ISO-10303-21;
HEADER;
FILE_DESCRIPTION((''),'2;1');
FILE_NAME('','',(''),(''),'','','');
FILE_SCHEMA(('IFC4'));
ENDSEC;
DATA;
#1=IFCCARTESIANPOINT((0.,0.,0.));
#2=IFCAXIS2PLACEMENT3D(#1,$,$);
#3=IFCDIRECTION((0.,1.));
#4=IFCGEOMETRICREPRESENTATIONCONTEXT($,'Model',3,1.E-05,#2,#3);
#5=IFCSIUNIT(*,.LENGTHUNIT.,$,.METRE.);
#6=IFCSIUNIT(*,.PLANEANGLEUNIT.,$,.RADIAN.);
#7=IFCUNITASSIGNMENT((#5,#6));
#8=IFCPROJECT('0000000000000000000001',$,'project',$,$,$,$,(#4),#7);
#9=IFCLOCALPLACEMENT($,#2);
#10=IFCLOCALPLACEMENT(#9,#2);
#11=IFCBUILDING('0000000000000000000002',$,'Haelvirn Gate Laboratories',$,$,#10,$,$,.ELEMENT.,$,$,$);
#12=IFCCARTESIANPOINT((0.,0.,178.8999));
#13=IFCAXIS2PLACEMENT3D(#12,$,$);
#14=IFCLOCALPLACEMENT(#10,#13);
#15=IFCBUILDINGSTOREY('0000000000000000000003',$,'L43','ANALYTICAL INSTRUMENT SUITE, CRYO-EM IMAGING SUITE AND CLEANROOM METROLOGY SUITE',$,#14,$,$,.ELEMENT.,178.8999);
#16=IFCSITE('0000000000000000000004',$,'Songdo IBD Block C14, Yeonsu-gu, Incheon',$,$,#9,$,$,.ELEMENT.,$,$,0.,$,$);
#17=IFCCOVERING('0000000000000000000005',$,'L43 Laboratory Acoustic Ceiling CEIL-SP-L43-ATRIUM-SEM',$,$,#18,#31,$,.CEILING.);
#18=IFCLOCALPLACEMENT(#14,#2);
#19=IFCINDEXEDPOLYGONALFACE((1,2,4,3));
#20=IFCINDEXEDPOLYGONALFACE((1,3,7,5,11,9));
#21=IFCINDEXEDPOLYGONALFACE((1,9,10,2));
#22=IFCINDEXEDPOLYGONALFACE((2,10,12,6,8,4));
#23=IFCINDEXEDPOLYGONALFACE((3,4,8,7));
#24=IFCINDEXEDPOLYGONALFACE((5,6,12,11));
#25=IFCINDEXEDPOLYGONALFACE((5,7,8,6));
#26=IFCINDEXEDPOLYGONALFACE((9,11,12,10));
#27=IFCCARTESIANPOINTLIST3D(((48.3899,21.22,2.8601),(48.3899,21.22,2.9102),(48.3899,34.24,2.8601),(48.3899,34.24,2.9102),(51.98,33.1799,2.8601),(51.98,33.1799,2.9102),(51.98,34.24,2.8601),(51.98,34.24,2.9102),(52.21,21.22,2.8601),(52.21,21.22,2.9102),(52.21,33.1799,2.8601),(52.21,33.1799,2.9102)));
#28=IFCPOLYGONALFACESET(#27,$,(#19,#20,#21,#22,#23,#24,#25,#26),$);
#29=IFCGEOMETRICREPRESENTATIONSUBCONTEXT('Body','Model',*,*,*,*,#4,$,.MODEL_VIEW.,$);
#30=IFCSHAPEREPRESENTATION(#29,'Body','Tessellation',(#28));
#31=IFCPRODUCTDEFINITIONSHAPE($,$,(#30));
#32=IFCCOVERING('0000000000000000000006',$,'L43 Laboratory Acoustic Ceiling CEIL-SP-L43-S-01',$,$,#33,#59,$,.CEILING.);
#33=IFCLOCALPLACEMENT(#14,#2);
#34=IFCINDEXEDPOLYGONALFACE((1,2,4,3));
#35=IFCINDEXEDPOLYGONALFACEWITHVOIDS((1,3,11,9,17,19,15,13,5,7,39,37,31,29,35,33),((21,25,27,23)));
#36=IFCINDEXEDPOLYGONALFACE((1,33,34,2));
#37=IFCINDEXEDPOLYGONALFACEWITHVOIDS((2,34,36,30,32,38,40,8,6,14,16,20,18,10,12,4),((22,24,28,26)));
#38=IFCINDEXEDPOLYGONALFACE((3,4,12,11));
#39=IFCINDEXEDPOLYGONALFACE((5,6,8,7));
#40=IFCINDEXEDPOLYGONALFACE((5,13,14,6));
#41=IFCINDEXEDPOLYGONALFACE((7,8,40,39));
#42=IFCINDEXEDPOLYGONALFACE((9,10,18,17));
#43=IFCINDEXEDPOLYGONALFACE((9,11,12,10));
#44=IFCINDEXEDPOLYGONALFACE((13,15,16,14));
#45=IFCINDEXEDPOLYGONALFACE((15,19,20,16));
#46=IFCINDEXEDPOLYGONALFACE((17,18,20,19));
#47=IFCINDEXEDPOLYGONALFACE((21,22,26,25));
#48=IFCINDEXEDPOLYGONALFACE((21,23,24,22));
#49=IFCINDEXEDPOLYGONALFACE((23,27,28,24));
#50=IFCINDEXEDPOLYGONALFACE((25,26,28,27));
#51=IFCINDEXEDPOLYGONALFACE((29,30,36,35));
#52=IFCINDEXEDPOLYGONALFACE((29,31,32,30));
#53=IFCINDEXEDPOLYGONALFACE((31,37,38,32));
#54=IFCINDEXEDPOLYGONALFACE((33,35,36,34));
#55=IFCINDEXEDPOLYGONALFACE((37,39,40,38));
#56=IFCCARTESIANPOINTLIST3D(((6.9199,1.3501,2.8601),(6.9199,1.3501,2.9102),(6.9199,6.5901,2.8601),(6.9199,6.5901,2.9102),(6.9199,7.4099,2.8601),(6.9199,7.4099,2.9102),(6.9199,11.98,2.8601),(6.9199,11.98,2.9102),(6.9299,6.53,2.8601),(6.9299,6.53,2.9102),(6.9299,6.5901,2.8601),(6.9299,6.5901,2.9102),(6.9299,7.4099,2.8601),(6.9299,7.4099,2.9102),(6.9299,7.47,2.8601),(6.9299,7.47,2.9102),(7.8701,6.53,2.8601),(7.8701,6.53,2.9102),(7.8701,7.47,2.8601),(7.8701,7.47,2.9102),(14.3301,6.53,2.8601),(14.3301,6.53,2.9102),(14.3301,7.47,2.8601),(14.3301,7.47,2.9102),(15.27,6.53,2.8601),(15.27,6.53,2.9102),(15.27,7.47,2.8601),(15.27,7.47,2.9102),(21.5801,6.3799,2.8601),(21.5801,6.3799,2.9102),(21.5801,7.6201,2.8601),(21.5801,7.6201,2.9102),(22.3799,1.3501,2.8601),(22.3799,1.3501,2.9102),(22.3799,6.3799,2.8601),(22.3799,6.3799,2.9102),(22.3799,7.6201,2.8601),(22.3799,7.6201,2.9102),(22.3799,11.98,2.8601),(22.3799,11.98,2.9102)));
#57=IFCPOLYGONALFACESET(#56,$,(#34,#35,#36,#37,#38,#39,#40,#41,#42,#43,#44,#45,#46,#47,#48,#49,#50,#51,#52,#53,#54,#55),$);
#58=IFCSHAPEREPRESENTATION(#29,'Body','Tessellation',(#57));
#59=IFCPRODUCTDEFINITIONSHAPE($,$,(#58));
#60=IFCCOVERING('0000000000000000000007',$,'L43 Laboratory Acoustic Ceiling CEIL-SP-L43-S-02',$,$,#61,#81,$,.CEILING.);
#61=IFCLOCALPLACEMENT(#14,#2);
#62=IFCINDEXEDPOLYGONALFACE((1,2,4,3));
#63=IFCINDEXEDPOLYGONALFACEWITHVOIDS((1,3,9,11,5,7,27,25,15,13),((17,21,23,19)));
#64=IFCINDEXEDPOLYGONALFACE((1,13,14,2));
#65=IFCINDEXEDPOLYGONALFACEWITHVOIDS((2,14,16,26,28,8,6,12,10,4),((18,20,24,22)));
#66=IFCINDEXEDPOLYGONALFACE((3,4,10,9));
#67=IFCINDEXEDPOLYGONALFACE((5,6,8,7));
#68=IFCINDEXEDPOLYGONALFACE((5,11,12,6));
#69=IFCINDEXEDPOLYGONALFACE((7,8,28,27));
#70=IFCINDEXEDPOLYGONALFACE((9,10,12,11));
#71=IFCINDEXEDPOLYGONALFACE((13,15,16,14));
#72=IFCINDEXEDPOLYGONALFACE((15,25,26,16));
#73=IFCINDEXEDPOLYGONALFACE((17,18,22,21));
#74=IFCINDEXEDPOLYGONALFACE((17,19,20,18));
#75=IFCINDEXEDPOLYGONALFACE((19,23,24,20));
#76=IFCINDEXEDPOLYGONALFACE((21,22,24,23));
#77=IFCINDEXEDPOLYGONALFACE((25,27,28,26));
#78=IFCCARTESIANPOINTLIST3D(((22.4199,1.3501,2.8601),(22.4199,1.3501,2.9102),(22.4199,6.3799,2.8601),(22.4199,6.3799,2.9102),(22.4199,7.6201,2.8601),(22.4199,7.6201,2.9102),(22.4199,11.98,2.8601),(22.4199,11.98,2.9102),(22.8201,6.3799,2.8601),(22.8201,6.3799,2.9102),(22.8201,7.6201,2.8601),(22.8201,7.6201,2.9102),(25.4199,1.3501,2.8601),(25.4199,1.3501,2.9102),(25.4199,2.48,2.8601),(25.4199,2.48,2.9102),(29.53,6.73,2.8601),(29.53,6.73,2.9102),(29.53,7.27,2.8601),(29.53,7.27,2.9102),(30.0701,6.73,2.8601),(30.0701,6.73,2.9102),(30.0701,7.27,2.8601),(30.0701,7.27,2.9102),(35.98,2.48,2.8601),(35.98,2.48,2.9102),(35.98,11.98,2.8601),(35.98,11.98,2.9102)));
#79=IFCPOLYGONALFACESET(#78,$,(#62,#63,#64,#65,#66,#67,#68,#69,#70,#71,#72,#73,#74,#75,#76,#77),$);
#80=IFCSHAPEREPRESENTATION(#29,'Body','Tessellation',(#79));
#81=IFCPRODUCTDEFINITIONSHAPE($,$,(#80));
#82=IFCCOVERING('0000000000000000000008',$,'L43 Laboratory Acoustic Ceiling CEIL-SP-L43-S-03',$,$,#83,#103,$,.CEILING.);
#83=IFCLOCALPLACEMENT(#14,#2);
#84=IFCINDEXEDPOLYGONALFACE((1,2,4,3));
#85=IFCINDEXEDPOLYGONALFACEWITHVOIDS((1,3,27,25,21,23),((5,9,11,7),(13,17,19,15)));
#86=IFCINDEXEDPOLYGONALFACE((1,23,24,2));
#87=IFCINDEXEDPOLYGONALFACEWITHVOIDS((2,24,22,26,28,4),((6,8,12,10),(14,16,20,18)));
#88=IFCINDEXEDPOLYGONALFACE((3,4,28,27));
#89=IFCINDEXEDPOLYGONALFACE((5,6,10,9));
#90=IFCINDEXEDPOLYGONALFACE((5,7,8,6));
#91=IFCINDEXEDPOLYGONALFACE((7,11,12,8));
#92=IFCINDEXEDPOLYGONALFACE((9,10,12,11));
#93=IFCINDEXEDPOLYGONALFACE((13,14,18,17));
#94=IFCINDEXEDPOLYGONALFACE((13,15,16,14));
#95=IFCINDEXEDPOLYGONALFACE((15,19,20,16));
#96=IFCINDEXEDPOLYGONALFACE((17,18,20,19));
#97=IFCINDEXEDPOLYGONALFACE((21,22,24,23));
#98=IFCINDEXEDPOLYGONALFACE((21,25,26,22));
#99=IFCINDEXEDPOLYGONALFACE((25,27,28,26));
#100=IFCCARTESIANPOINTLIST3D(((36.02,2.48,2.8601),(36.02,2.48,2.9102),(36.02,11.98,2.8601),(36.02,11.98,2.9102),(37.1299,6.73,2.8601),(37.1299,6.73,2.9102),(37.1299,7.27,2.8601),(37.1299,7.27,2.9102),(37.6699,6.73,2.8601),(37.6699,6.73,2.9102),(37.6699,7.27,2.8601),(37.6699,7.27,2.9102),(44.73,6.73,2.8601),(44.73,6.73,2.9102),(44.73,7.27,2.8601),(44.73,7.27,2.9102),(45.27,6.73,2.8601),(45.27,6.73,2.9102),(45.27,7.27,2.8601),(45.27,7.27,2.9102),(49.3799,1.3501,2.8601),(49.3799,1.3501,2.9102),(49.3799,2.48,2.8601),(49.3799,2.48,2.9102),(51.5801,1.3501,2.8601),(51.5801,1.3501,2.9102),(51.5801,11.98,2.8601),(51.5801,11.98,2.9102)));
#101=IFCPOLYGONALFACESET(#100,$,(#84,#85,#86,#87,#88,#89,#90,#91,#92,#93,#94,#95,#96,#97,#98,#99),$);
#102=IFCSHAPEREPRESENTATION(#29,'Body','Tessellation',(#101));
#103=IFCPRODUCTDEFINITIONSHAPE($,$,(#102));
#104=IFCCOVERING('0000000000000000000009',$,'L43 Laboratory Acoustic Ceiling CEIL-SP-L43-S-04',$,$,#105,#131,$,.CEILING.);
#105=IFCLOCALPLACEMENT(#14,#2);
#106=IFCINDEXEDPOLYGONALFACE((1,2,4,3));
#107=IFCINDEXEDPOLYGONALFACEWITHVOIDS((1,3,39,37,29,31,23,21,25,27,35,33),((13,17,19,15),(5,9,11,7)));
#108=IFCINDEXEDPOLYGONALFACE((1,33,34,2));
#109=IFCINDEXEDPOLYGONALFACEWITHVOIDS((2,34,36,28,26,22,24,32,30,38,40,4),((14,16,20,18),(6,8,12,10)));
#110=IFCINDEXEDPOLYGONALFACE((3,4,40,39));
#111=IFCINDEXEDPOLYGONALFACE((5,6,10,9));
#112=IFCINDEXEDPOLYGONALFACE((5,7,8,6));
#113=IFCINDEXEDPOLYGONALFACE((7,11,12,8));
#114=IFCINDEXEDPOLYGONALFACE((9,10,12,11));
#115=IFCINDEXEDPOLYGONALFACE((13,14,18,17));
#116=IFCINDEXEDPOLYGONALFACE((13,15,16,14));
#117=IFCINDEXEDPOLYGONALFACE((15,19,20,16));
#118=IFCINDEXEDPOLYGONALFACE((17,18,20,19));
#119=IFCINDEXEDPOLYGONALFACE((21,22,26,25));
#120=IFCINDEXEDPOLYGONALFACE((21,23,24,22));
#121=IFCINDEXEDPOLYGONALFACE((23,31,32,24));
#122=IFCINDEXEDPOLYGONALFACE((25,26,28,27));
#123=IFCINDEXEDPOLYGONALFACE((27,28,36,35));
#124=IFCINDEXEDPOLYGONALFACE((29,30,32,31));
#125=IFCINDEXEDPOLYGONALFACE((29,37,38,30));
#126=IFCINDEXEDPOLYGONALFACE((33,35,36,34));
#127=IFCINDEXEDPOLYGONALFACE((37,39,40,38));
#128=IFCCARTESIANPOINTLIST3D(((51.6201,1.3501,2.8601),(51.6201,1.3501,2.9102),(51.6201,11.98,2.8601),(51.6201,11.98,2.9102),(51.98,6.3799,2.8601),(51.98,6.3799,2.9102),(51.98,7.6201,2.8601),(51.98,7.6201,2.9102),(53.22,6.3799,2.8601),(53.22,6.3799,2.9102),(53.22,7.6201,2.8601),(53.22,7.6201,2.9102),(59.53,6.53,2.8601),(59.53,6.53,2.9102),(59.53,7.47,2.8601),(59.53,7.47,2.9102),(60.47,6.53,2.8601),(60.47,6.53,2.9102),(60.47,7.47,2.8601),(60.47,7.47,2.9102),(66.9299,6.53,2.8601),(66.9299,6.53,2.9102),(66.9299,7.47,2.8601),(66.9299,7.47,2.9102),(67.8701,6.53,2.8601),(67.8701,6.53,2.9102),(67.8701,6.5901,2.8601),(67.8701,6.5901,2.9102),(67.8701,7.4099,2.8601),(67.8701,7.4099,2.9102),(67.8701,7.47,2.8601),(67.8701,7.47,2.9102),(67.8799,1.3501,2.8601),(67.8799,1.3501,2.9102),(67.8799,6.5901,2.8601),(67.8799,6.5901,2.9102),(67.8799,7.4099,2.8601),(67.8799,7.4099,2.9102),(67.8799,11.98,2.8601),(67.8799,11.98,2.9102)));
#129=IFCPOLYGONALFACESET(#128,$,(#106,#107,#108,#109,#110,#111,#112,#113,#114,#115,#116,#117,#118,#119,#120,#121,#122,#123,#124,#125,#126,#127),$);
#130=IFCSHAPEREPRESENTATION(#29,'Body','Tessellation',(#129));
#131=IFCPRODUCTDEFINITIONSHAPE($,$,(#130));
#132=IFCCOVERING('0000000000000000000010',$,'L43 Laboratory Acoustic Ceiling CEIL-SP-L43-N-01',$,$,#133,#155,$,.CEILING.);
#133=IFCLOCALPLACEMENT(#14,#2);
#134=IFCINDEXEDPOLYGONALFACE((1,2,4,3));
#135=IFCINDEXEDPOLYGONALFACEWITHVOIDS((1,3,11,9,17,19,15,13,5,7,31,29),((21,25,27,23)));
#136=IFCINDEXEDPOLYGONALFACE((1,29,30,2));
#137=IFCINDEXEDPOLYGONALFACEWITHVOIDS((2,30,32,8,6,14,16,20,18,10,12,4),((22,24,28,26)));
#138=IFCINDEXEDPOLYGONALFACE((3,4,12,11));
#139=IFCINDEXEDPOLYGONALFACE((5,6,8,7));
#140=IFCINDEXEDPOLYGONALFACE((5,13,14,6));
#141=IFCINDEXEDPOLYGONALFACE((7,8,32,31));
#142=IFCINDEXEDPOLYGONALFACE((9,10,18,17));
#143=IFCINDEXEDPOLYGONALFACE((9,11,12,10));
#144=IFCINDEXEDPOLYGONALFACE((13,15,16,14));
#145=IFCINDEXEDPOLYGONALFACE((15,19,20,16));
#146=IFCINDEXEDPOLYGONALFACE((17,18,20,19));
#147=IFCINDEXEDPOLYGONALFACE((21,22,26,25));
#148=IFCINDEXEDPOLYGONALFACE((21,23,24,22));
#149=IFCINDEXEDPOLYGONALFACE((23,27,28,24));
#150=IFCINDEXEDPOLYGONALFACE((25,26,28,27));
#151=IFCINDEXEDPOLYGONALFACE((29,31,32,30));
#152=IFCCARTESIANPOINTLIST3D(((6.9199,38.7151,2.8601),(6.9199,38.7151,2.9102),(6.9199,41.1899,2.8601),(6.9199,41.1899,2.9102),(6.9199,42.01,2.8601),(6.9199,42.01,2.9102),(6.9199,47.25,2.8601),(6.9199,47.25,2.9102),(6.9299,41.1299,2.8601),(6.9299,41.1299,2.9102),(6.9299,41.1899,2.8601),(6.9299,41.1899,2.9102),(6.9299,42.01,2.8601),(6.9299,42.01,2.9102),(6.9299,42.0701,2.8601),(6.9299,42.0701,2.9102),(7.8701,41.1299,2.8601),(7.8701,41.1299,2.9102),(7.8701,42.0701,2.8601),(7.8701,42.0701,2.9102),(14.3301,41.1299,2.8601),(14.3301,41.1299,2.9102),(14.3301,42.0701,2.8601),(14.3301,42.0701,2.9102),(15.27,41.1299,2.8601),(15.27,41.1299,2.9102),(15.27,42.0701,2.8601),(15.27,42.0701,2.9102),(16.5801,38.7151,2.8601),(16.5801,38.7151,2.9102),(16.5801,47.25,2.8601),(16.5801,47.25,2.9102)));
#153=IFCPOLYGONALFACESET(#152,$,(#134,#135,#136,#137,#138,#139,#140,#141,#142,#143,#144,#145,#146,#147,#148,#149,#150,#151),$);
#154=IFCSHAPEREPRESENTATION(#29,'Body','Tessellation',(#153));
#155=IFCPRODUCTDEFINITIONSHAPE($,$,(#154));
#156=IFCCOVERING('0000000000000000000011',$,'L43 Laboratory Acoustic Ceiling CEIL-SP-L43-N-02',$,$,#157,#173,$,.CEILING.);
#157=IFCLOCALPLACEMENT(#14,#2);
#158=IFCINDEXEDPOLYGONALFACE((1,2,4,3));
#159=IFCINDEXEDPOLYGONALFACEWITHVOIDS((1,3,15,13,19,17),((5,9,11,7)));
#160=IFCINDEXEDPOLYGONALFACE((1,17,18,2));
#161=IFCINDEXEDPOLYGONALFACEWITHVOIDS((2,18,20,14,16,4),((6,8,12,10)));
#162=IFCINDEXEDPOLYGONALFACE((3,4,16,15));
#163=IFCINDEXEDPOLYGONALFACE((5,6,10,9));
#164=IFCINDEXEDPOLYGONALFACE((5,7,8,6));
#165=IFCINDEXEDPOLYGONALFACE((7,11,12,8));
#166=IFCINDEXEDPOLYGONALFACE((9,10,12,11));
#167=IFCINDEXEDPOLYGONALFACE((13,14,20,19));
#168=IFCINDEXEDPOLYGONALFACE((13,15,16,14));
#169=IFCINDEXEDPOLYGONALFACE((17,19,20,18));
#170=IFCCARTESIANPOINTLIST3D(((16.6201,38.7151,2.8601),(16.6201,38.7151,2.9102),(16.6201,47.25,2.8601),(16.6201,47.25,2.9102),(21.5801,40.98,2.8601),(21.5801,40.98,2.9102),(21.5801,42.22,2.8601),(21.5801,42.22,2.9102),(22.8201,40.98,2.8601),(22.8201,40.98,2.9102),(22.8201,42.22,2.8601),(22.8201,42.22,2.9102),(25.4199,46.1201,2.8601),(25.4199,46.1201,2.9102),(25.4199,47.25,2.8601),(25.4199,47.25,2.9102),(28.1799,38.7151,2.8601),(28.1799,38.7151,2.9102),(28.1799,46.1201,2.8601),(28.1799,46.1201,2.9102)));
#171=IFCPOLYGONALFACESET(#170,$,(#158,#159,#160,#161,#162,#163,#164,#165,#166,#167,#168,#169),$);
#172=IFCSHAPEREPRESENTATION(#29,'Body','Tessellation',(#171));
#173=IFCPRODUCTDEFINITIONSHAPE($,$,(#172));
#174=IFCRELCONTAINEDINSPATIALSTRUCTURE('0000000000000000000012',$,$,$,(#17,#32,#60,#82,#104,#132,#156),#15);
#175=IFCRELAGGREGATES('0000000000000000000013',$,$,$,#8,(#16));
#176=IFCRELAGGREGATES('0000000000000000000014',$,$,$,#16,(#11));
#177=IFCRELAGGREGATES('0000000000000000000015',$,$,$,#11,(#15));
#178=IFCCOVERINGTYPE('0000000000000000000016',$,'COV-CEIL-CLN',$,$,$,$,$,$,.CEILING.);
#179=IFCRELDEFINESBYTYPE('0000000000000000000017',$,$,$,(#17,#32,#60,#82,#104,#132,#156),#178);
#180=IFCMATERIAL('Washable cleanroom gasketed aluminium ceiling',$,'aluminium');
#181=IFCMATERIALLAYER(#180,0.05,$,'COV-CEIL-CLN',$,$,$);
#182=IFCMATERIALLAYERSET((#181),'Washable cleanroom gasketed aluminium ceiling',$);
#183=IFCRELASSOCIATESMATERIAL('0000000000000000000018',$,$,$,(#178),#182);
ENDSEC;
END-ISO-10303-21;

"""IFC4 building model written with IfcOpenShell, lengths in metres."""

from ifc_helpers import new_model, si_unit, direction, frame, origin, place, context, subcontext, project, spatial, polyline, outline, extrude, material, layer, layer_set, type_object, element, save


model = new_model("IFC4")

# Units and contexts
model_context = context("Model", 3, precision=1e-05, world=origin(), true_north=direction((0.0, 1.0)))
body_context = subcontext(model_context, "Body", "Model", "MODEL_VIEW")
ifc_project = project(units=[si_unit("LENGTHUNIT", "METRE"), si_unit("PLANEANGLEUNIT", "RADIAN")], contexts=[model_context])

# Site, building, storey
site_placement = place(None, origin())
site = spatial("IfcSite", under=ifc_project, at=site_placement, Name="Songdo IBD Block C14, Yeonsu-gu, Incheon", CompositionType="ELEMENT", RefElevation=0.0)
building_placement = place(site_placement, origin())
building = spatial("IfcBuilding", under=site, at=building_placement, Name="Haelvirn Gate Laboratories", CompositionType="ELEMENT")
storey_placement = place(building_placement, frame((0.0, 0.0, 178.8999)))
storey = spatial("IfcBuildingStorey", under=building, at=storey_placement, Name="L43", Description="ANALYTICAL INSTRUMENT SUITE, CRYO-EM IMAGING SUITE AND CLEANROOM METROLOGY SUITE", CompositionType="ELEMENT", Elevation=178.8999)

# Coverings
ifc_material_1 = material(Name="Washable cleanroom gasketed aluminium ceiling", Category="aluminium")
ifc_layer_1 = layer(ifc_material_1, 0.05, Name="COV-CEIL-CLN")
ifc_layer_set_1 = layer_set([ifc_layer_1], Name="Washable cleanroom gasketed aluminium ceiling")
covering_type = type_object("IfcCoveringType", Name="COV-CEIL-CLN", PredefinedType="CEILING", material=ifc_layer_set_1)
covering_1_placement = place(storey_placement, frame((0.0, 0.0, 2.8601)))
element("IfcCovering", 1, at=covering_1_placement, inside=storey, type_object=covering_type, Name="L43 Laboratory Acoustic Ceiling CEIL-SP-L43-ATRIUM-SEM", PredefinedType="CEILING", context=body_context, shape_type="SweptSolid", body=[
    extrude(outline(polyline([(52.21, 21.22), (48.3899, 21.22), (48.3899, 34.24), (51.98, 34.24), (51.98, 33.1799), (52.21, 33.1799), (52.21, 21.22)])), origin(), (0.0, 0.0, 1.0), 0.05),
])
covering_2_placement = place(storey_placement, frame((0.0, 0.0, 2.8601)))
element("IfcCovering", 2, at=covering_2_placement, inside=storey, type_object=covering_type, Name="L43 Laboratory Acoustic Ceiling CEIL-SP-L43-S-01", PredefinedType="CEILING", context=body_context, shape_type="SweptSolid", body=[
    extrude(outline(polyline([(6.9199, 1.3501), (6.9199, 6.5901), (6.9299, 6.5901), (6.9299, 6.53), (7.8701, 6.53), (7.8701, 7.47), (6.9299, 7.47), (6.9299, 7.4099), (6.9199, 7.4099), (6.9199, 11.98), (22.3799, 11.98), (22.3799, 7.6201), (21.5801, 7.6201), (21.5801, 6.3799), (22.3799, 6.3799), (22.3799, 1.3501), (6.9199, 1.3501)]), holes=[polyline([(14.3301, 6.53), (15.27, 6.53), (15.27, 7.47), (14.3301, 7.47), (14.3301, 6.53)])]), origin(), (0.0, 0.0, 1.0), 0.05),
])
covering_3_placement = place(storey_placement, frame((0.0, 0.0, 2.8601)))
element("IfcCovering", 3, at=covering_3_placement, inside=storey, type_object=covering_type, Name="L43 Laboratory Acoustic Ceiling CEIL-SP-L43-S-02", PredefinedType="CEILING", context=body_context, shape_type="SweptSolid", body=[
    extrude(outline(polyline([(35.98, 11.98), (35.98, 2.48), (25.4199, 2.48), (25.4199, 1.3501), (22.4199, 1.3501), (22.4199, 6.3799), (22.8201, 6.3799), (22.8201, 7.6201), (22.4199, 7.6201), (22.4199, 11.98), (35.98, 11.98)]), holes=[polyline([(30.0701, 7.27), (29.53, 7.27), (29.53, 6.73), (30.0701, 6.73), (30.0701, 7.27)])]), origin(), (0.0, 0.0, 1.0), 0.05),
])
covering_4_placement = place(storey_placement, frame((0.0, 0.0, 2.8601)))
element("IfcCovering", 4, at=covering_4_placement, inside=storey, type_object=covering_type, Name="L43 Laboratory Acoustic Ceiling CEIL-SP-L43-S-03", PredefinedType="CEILING", context=body_context, shape_type="SweptSolid", body=[
    extrude(outline(polyline([(36.02, 2.48), (36.02, 11.98), (51.5801, 11.98), (51.5801, 1.3501), (49.3799, 1.3501), (49.3799, 2.48), (36.02, 2.48)]), holes=[polyline([(37.1299, 7.27), (37.1299, 6.73), (37.6699, 6.73), (37.6699, 7.27), (37.1299, 7.27)]), polyline([(45.27, 7.27), (44.73, 7.27), (44.73, 6.73), (45.27, 6.73), (45.27, 7.27)])]), origin(), (0.0, 0.0, 1.0), 0.05),
])
covering_5_placement = place(storey_placement, frame((0.0, 0.0, 2.8601)))
element("IfcCovering", 5, at=covering_5_placement, inside=storey, type_object=covering_type, Name="L43 Laboratory Acoustic Ceiling CEIL-SP-L43-S-04", PredefinedType="CEILING", context=body_context, shape_type="SweptSolid", body=[
    extrude(outline(polyline([(67.8799, 1.3501), (51.6201, 1.3501), (51.6201, 11.98), (67.8799, 11.98), (67.8799, 7.4099), (67.8701, 7.4099), (67.8701, 7.47), (66.9299, 7.47), (66.9299, 6.53), (67.8701, 6.53), (67.8701, 6.5901), (67.8799, 6.5901), (67.8799, 1.3501)]), holes=[polyline([(51.98, 6.3799), (53.22, 6.3799), (53.22, 7.6201), (51.98, 7.6201), (51.98, 6.3799)]), polyline([(59.53, 7.47), (59.53, 6.53), (60.47, 6.53), (60.47, 7.47), (59.53, 7.47)])]), origin(), (0.0, 0.0, 1.0), 0.05),
])
covering_6_placement = place(storey_placement, frame((0.0, 0.0, 2.8601)))
element("IfcCovering", 6, at=covering_6_placement, inside=storey, type_object=covering_type, Name="L43 Laboratory Acoustic Ceiling CEIL-SP-L43-N-01", PredefinedType="CEILING", context=body_context, shape_type="SweptSolid", body=[
    extrude(outline(polyline([(6.9199, 41.1899), (6.9299, 41.1899), (6.9299, 41.1299), (7.8701, 41.1299), (7.8701, 42.0701), (6.9299, 42.0701), (6.9299, 42.01), (6.9199, 42.01), (6.9199, 47.25), (16.5801, 47.25), (16.5801, 38.7151), (6.9199, 38.7151), (6.9199, 41.1899)]), holes=[polyline([(14.3301, 42.0701), (14.3301, 41.1299), (15.27, 41.1299), (15.27, 42.0701), (14.3301, 42.0701)])]), origin(), (0.0, 0.0, 1.0), 0.05),
])
covering_7_placement = place(storey_placement, frame((0.0, 0.0, 2.8601)))
element("IfcCovering", 7, at=covering_7_placement, inside=storey, type_object=covering_type, Name="L43 Laboratory Acoustic Ceiling CEIL-SP-L43-N-02", PredefinedType="CEILING", context=body_context, shape_type="SweptSolid", body=[
    extrude(outline(polyline([(25.4199, 47.25), (25.4199, 46.1201), (28.1799, 46.1201), (28.1799, 38.7151), (16.6201, 38.7151), (16.6201, 47.25), (25.4199, 47.25)]), holes=[polyline([(22.8201, 42.22), (21.5801, 42.22), (21.5801, 40.98), (22.8201, 40.98), (22.8201, 42.22)])]), origin(), (0.0, 0.0, 1.0), 0.05),
])

save(model, "model.ifc")
